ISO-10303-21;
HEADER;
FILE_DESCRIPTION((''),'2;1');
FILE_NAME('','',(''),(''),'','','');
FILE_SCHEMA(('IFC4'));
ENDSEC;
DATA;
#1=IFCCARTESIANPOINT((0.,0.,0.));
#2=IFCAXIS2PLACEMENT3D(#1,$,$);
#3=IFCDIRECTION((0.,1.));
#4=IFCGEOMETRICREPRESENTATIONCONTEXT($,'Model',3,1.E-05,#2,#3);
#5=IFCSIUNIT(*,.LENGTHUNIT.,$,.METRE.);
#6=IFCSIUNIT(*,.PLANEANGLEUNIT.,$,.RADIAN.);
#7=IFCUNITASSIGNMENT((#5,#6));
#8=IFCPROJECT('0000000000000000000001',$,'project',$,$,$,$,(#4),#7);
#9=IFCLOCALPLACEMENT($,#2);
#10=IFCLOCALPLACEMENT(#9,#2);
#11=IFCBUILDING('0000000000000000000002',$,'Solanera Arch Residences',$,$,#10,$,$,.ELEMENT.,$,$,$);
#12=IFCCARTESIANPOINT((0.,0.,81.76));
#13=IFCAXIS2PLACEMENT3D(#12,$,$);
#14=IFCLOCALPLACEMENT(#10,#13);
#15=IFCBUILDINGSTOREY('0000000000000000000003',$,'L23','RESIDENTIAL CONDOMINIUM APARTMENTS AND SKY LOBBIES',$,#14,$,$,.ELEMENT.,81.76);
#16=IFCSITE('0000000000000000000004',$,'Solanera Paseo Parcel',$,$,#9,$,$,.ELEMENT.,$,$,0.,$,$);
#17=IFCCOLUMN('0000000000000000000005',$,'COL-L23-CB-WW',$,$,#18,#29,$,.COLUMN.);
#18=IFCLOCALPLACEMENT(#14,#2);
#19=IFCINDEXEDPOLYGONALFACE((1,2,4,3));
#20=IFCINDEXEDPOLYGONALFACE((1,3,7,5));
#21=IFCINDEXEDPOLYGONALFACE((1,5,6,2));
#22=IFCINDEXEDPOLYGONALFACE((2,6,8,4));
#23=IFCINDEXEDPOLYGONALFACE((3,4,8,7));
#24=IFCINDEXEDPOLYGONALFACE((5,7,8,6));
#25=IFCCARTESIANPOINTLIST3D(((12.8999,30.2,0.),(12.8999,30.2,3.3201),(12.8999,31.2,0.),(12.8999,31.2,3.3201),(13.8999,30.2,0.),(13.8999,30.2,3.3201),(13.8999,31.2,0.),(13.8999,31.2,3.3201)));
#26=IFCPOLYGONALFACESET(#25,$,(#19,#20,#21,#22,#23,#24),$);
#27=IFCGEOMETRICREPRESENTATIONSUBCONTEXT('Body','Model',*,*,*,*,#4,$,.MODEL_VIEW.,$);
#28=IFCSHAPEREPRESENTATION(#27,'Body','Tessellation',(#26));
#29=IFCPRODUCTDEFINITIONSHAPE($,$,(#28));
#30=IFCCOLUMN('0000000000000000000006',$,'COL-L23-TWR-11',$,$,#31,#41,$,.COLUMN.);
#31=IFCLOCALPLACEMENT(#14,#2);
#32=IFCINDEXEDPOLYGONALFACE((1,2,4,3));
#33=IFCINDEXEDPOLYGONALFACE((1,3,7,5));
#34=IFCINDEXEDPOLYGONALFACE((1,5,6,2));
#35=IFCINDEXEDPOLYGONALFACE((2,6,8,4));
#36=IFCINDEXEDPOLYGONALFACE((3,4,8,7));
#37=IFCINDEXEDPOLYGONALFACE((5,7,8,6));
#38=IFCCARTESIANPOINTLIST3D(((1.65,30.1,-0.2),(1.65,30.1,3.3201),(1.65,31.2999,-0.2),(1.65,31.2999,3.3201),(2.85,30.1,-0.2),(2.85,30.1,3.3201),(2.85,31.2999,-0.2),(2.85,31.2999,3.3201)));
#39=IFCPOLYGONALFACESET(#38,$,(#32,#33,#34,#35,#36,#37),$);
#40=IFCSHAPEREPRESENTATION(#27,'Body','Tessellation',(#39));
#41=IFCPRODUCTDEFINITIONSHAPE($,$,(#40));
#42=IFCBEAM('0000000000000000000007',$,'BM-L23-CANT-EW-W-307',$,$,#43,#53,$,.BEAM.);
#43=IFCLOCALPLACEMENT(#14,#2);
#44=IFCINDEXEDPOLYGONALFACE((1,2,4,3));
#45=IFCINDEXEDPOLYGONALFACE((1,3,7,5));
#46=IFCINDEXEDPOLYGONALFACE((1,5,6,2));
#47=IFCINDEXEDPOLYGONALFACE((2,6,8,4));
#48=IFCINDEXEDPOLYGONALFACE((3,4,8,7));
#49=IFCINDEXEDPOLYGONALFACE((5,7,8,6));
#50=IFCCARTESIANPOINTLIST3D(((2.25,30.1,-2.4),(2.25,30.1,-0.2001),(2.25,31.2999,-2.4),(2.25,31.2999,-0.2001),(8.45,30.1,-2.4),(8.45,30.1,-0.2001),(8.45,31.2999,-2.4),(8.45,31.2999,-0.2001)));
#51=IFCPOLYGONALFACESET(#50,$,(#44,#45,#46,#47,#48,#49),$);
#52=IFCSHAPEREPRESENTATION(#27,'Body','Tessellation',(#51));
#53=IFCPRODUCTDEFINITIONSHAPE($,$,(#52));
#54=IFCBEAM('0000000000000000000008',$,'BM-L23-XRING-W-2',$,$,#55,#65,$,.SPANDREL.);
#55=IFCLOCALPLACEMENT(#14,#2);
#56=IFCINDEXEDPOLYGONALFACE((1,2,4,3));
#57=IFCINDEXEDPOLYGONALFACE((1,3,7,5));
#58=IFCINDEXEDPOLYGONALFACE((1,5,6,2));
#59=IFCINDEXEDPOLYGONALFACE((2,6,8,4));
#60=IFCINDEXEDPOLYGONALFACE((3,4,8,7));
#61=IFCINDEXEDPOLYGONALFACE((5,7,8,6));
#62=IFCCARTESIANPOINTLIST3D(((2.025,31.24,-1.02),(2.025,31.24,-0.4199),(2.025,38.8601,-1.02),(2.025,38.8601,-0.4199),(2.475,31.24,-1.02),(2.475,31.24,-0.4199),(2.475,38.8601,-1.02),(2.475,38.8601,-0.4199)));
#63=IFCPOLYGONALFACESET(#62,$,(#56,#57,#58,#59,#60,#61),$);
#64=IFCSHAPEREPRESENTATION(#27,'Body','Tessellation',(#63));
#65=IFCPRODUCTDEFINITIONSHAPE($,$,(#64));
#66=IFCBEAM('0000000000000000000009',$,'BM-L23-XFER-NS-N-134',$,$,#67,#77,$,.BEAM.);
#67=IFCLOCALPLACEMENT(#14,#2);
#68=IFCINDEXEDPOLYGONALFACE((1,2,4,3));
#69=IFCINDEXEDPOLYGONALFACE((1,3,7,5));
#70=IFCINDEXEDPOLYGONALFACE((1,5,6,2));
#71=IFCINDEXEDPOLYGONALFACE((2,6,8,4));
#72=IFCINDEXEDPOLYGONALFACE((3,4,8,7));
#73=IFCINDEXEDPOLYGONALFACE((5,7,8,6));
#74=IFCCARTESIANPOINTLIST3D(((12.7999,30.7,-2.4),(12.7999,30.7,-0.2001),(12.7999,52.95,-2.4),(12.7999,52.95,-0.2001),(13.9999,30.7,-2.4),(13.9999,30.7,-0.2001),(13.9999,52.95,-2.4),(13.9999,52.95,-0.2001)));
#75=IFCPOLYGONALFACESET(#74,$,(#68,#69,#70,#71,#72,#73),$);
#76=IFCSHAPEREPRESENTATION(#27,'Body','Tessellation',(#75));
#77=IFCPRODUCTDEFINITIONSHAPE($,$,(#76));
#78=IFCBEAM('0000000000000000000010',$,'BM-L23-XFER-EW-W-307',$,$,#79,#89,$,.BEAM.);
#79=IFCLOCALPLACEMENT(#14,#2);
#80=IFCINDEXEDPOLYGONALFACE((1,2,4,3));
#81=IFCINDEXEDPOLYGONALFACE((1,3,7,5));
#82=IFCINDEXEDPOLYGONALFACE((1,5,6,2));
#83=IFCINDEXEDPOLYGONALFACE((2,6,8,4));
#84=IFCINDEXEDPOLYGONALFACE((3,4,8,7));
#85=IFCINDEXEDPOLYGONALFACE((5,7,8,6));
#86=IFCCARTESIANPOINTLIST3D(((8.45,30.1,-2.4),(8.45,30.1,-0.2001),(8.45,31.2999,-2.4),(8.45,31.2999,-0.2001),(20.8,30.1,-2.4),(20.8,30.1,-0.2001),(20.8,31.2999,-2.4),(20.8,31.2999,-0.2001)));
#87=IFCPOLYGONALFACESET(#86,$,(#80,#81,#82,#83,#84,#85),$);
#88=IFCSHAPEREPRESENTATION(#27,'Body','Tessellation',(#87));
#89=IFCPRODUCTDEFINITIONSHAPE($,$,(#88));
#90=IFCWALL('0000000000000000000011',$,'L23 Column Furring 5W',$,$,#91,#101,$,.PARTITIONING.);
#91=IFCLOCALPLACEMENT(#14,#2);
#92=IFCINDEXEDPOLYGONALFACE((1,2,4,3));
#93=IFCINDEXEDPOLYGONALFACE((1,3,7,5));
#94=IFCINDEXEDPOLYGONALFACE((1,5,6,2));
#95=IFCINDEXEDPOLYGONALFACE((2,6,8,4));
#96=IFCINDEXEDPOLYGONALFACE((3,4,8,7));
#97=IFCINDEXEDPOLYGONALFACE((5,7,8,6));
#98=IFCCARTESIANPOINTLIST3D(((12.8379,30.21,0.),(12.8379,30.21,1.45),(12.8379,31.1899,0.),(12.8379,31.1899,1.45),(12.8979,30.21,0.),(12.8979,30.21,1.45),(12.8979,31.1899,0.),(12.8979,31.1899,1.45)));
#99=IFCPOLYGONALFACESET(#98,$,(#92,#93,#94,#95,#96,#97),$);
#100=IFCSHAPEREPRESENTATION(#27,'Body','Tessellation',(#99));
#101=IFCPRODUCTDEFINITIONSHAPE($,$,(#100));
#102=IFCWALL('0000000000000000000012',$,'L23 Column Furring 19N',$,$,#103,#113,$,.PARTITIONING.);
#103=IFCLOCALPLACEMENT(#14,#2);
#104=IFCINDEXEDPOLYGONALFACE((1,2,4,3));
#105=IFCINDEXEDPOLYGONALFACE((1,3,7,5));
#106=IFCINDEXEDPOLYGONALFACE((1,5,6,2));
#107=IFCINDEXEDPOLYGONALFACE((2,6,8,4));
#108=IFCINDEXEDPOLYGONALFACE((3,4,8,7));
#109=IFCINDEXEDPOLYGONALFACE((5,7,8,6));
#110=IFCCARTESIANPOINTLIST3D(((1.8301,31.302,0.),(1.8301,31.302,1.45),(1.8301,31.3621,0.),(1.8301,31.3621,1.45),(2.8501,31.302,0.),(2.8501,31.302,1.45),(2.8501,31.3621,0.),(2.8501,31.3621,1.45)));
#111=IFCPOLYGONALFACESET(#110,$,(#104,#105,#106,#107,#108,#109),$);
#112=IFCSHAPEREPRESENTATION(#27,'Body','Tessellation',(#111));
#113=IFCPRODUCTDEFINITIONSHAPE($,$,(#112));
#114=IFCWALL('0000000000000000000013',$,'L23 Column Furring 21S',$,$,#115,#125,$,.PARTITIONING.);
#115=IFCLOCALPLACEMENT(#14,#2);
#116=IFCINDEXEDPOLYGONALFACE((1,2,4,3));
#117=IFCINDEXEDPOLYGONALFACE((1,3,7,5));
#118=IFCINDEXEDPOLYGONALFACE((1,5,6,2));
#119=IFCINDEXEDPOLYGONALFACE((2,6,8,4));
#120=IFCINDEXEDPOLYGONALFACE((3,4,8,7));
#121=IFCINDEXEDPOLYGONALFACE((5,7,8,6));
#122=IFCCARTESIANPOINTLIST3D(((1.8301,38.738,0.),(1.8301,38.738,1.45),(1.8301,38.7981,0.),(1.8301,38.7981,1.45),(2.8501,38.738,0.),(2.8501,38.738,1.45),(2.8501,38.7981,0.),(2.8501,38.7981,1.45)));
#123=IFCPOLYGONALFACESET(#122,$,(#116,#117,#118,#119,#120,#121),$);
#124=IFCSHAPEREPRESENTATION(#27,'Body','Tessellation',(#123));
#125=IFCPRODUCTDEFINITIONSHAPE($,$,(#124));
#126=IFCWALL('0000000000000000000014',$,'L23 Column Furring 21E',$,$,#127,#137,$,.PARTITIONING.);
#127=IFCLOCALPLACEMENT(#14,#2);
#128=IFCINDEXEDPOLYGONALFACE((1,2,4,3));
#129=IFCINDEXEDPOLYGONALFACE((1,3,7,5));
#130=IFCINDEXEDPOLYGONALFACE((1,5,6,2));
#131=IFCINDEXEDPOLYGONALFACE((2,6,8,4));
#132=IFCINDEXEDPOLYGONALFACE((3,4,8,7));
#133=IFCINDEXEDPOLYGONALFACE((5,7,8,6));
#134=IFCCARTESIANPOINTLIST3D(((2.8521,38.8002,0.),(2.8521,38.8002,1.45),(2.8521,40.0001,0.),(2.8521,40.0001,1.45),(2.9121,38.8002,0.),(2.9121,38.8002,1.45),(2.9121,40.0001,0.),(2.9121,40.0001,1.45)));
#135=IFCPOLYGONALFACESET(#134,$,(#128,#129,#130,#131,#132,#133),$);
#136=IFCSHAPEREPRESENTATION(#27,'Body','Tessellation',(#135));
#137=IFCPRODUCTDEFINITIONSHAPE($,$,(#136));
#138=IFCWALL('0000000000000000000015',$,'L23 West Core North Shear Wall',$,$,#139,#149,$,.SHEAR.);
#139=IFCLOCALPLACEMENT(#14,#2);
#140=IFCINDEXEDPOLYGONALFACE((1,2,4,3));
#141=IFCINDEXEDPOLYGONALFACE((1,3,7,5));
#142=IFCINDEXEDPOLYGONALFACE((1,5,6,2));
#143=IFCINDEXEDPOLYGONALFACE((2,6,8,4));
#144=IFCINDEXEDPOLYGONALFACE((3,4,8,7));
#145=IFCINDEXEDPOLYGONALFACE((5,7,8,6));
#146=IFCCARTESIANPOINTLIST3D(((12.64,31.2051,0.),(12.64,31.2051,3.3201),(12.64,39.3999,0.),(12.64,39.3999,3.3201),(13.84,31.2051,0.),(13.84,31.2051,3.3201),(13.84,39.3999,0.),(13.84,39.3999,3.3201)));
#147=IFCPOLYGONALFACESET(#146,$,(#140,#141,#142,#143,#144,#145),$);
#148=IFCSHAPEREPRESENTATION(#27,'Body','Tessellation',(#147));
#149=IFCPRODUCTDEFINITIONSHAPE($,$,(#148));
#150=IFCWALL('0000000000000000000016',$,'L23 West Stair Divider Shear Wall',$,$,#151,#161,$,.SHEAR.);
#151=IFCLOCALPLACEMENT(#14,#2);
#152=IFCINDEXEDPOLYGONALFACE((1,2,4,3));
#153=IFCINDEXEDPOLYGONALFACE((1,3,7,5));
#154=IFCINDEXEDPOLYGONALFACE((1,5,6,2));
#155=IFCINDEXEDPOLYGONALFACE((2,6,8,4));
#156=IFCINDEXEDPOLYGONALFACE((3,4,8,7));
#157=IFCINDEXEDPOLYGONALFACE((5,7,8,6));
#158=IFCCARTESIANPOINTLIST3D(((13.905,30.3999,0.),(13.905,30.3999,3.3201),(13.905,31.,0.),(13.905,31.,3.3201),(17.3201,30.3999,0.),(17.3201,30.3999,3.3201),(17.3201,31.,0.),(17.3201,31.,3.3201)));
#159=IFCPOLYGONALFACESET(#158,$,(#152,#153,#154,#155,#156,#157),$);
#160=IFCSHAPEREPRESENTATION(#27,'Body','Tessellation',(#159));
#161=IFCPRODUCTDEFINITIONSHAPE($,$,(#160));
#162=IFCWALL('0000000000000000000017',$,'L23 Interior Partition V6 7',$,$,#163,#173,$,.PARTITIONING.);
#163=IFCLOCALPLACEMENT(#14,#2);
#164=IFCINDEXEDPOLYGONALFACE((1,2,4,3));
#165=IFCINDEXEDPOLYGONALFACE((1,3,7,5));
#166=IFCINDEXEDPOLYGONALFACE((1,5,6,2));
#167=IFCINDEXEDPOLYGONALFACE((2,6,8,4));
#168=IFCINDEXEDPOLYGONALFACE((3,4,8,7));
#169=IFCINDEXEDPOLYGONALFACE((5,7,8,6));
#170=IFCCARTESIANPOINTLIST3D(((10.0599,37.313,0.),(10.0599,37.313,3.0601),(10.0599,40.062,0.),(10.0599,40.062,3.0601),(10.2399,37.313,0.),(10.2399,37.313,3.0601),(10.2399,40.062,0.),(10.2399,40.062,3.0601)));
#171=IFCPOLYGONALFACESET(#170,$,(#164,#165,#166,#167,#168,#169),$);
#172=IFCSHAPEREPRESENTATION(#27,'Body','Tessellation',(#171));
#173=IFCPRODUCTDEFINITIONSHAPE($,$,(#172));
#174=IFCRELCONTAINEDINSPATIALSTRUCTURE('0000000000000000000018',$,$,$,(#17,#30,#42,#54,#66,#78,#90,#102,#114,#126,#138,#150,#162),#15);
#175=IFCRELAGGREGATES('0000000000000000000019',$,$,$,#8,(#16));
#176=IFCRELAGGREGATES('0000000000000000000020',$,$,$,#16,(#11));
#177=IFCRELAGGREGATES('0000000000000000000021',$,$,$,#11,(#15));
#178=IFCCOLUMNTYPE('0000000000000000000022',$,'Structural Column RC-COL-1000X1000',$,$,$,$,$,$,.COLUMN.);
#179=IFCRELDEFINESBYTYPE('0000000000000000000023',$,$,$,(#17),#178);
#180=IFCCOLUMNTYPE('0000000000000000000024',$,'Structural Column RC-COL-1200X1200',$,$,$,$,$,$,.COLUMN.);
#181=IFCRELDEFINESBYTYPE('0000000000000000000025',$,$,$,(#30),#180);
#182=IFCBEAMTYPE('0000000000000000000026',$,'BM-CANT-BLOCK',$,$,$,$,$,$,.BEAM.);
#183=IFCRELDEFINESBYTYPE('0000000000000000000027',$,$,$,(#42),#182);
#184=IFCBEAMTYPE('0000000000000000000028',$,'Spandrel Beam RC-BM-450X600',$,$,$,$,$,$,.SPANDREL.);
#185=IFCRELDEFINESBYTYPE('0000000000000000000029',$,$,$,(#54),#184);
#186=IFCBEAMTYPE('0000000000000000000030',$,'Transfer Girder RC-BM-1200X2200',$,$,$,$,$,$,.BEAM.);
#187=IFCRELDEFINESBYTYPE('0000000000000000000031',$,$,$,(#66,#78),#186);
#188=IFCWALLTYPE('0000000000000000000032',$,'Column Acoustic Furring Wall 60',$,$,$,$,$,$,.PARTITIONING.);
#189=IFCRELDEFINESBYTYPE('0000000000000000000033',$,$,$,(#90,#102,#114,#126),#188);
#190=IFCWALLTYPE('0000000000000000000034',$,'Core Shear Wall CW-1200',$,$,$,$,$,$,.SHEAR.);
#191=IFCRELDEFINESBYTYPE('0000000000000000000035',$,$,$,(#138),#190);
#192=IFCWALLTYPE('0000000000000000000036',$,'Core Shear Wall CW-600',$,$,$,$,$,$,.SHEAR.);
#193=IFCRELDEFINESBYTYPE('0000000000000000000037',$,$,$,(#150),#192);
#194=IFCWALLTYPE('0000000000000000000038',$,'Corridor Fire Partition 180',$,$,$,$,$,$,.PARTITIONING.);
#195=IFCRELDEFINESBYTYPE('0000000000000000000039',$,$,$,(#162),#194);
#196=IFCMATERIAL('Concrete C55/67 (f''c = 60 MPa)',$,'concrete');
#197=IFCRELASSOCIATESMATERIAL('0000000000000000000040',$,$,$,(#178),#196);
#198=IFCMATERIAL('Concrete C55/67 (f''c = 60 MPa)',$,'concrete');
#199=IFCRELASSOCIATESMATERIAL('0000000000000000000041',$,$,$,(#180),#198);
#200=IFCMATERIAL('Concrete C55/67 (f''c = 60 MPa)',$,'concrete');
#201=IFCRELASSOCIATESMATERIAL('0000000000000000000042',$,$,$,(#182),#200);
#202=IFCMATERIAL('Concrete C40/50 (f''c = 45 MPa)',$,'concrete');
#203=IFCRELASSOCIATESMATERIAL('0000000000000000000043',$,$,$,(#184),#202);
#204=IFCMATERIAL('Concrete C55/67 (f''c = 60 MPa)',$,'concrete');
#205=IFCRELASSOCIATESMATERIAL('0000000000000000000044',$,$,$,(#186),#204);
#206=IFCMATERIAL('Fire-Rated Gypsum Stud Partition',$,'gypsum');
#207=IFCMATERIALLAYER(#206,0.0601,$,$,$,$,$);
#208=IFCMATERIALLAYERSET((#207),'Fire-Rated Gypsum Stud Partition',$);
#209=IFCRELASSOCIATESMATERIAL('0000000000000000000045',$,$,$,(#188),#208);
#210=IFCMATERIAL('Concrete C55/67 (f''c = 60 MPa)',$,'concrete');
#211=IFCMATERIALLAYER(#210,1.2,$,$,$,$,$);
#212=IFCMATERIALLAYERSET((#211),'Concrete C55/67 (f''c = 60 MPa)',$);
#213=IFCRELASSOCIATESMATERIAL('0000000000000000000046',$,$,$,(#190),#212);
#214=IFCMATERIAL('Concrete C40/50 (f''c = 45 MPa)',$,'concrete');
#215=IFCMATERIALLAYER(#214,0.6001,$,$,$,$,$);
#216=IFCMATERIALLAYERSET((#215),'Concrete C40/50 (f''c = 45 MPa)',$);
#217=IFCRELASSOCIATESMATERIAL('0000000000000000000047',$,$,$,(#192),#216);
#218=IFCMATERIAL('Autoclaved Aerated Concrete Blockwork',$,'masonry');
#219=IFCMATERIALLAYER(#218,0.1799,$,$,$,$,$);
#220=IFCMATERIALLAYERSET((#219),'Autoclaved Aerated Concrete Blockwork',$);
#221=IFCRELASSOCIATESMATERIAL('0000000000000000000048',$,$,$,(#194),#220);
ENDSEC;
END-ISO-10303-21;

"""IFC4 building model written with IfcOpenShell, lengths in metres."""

from ifc_helpers import new_model, si_unit, direction, frame, frame_2d, origin, origin_2d, place, context, subcontext, project, spatial, rectangle, extrude, material, layer, layer_set, material_profile, profile_set, type_object, element, save


model = new_model("IFC4")

# Units and contexts
model_context = context("Model", 3, precision=1e-05, world=origin(), true_north=direction((0.0, 1.0)))
body_context = subcontext(model_context, "Body", "Model", "MODEL_VIEW")
ifc_project = project(units=[si_unit("LENGTHUNIT", "METRE"), si_unit("PLANEANGLEUNIT", "RADIAN")], contexts=[model_context])

# Site, building, storey
site_placement = place(None, origin())
site = spatial("IfcSite", under=ifc_project, at=site_placement, Name="Solanera Paseo Parcel", CompositionType="ELEMENT", RefElevation=0.0)
building_placement = place(site_placement, origin())
building = spatial("IfcBuilding", under=site, at=building_placement, Name="Solanera Arch Residences", CompositionType="ELEMENT")
storey_placement = place(building_placement, frame((0.0, 0.0, 81.76)))
storey = spatial("IfcBuildingStorey", under=building, at=storey_placement, Name="L23", Description="RESIDENTIAL CONDOMINIUM APARTMENTS AND SKY LOBBIES", CompositionType="ELEMENT", Elevation=81.76)

# Columns
ifc_material_1 = material(Name="Concrete C55/67 (f'c = 60 MPa)", Category="concrete")
ifc_material_profile_1 = material_profile(ifc_material_1, rectangle(XDim=1.0, YDim=1.0, at=origin_2d()))
ifc_profile_set_1 = profile_set([ifc_material_profile_1], Name="Concrete C55/67 (f'c = 60 MPa)")
column_type_1 = type_object("IfcColumnType", Name="Structural Column RC-COL-1000X1000", PredefinedType="COLUMN", material=ifc_profile_set_1)
column_1_placement = place(storey_placement, frame((13.3999, 30.7, 0.0), z_axis=(0.0, 0.0, 1.0), x_axis=(1.0, 0.0, 0.0)))
element("IfcColumn", 1, at=column_1_placement, inside=storey, type_object=column_type_1, Name="COL-L23-CB-WW", PredefinedType="COLUMN", context=body_context, shape_type="SweptSolid", body=[
    extrude(rectangle(XDim=1.0, YDim=1.0, at=origin_2d()), origin(), (0.0, 0.0, 1.0), 3.3201),
])
ifc_material_2 = material(Name="Concrete C55/67 (f'c = 60 MPa)", Category="concrete")
ifc_material_profile_2 = material_profile(ifc_material_2, rectangle(XDim=1.2, YDim=1.2, at=origin_2d()))
ifc_profile_set_2 = profile_set([ifc_material_profile_2], Name="Concrete C55/67 (f'c = 60 MPa)")
column_type_2 = type_object("IfcColumnType", Name="Structural Column RC-COL-1200X1200", PredefinedType="COLUMN", material=ifc_profile_set_2)
column_2_placement = place(storey_placement, frame((2.25, 30.7, -0.2), z_axis=(0.0, 0.0, 1.0), x_axis=(1.0, 0.0, 0.0)))
element("IfcColumn", 2, at=column_2_placement, inside=storey, type_object=column_type_2, Name="COL-L23-TWR-11", PredefinedType="COLUMN", context=body_context, shape_type="SweptSolid", body=[
    extrude(rectangle(XDim=1.2, YDim=1.2, at=origin_2d()), origin(), (0.0, 0.0, 1.0), 3.52),
])

# Beams
ifc_material_3 = material(Name="Concrete C55/67 (f'c = 60 MPa)", Category="concrete")
ifc_material_profile_3 = material_profile(ifc_material_3, rectangle(XDim=1.2, YDim=2.2, at=origin_2d()))
ifc_profile_set_3 = profile_set([ifc_material_profile_3], Name="Concrete C55/67 (f'c = 60 MPa)")
beam_type_1 = type_object("IfcBeamType", Name="BM-CANT-BLOCK", PredefinedType="BEAM", material=ifc_profile_set_3)
beam_1_placement = place(storey_placement, frame((2.25, 30.7, -1.3), z_axis=(1.0, 0.0, 0.0), x_axis=(0.0, 1.0, 0.0)))
element("IfcBeam", 3, at=beam_1_placement, inside=storey, type_object=beam_type_1, Name="BM-L23-CANT-EW-W-307", PredefinedType="BEAM", context=body_context, shape_type="SweptSolid", body=[
    extrude(rectangle(XDim=1.2, YDim=2.2, at=origin_2d()), origin(), (0.0, 0.0, 1.0), 6.2),
])
ifc_material_4 = material(Name="Concrete C40/50 (f'c = 45 MPa)", Category="concrete")
ifc_material_profile_4 = material_profile(ifc_material_4, rectangle(XDim=0.45, YDim=0.6001, at=origin_2d()))
ifc_profile_set_4 = profile_set([ifc_material_profile_4], Name="Concrete C40/50 (f'c = 45 MPa)")
beam_type_2 = type_object("IfcBeamType", Name="Spandrel Beam RC-BM-450X600", PredefinedType="SPANDREL", material=ifc_profile_set_4)
beam_2_placement = place(storey_placement, frame((2.25, 31.24, -0.72), z_axis=(0.0, 1.0, 0.0), x_axis=(-1.0, 0.0, 0.0)))
element("IfcBeam", 4, at=beam_2_placement, inside=storey, type_object=beam_type_2, Name="BM-L23-XRING-W-2", PredefinedType="SPANDREL", context=body_context, shape_type="SweptSolid", body=[
    extrude(rectangle(XDim=0.45, YDim=0.6001, at=origin_2d()), origin(), (0.0, 0.0, 1.0), 7.6201),
])
ifc_material_5 = material(Name="Concrete C55/67 (f'c = 60 MPa)", Category="concrete")
ifc_material_profile_5 = material_profile(ifc_material_5, rectangle(XDim=1.2, YDim=2.2, at=origin_2d()))
ifc_profile_set_5 = profile_set([ifc_material_profile_5], Name="Concrete C55/67 (f'c = 60 MPa)")
beam_type_3 = type_object("IfcBeamType", Name="Transfer Girder RC-BM-1200X2200", PredefinedType="BEAM", material=ifc_profile_set_5)
beam_3_placement = place(storey_placement, frame((13.3999, 30.7, -1.3), z_axis=(0.0, 1.0, 0.0), x_axis=(-1.0, 0.0, 0.0)))
element("IfcBeam", 5, at=beam_3_placement, inside=storey, type_object=beam_type_3, Name="BM-L23-XFER-NS-N-134", PredefinedType="BEAM", context=body_context, shape_type="SweptSolid", body=[
    extrude(rectangle(XDim=1.2, YDim=2.2, at=origin_2d()), origin(), (0.0, 0.0, 1.0), 22.25),
])
beam_4_placement = place(storey_placement, frame((8.45, 30.7, -1.3), z_axis=(1.0, 0.0, 0.0), x_axis=(0.0, 1.0, 0.0)))
element("IfcBeam", 6, at=beam_4_placement, inside=storey, type_object=beam_type_3, Name="BM-L23-XFER-EW-W-307", PredefinedType="BEAM", context=body_context, shape_type="SweptSolid", body=[
    extrude(rectangle(XDim=1.2, YDim=2.2, at=origin_2d()), origin(), (0.0, 0.0, 1.0), 12.3501),
])

# Walls
ifc_material_6 = material(Name="Fire-Rated Gypsum Stud Partition", Category="gypsum")
ifc_layer_1 = layer(ifc_material_6, 0.0601)
ifc_layer_set_1 = layer_set([ifc_layer_1], Name="Fire-Rated Gypsum Stud Partition")
wall_type_1 = type_object("IfcWallType", Name="Column Acoustic Furring Wall 60", PredefinedType="PARTITIONING", material=ifc_layer_set_1)
wall_1_placement = place(storey_placement, frame((12.8679, 30.21, 0.0), z_axis=(0.0, 0.0, 1.0), x_axis=(0.0, 1.0, 0.0)))
element("IfcWall", 7, at=wall_1_placement, inside=storey, type_object=wall_type_1, Name="L23 Column Furring 5W", PredefinedType="PARTITIONING", context=body_context, shape_type="SweptSolid", body=[
    extrude(rectangle(XDim=0.98, YDim=0.0601, at=frame_2d((0.49, 0.0))), origin(), (0.0, 0.0, 1.0), 1.45),
])
for number, where, z_axis, x_axis, name in (
    (8, (1.8301, 31.332, 0.0), (0.0, 0.0, 1.0), (1.0, 0.0, 0.0), "L23 Column Furring 19N"),
    (9, (1.8301, 38.7681, 0.0), (0.0, 0.0, 1.0), (1.0, 0.0, 0.0), "L23 Column Furring 21S"),
):
    element("IfcWall", number, at=place(storey_placement, frame(where, z_axis=z_axis, x_axis=x_axis)), inside=storey, type_object=wall_type_1, Name=name, PredefinedType="PARTITIONING", context=body_context, shape_type="SweptSolid", body=[
        extrude(rectangle(XDim=1.02, YDim=0.0601, at=frame_2d((0.51, 0.0))), origin(), (0.0, 0.0, 1.0), 1.45),
    ])
wall_2_placement = place(storey_placement, frame((2.8821, 38.8, 0.0), z_axis=(0.0, 0.0, 1.0), x_axis=(0.0, 1.0, 0.0)))
element("IfcWall", 10, at=wall_2_placement, inside=storey, type_object=wall_type_1, Name="L23 Column Furring 21E", PredefinedType="PARTITIONING", context=body_context, shape_type="SweptSolid", body=[
    extrude(rectangle(XDim=1.2, YDim=0.0601, at=frame_2d((0.6001, 0.0))), origin(), (0.0, 0.0, 1.0), 1.45),
])
ifc_material_7 = material(Name="Concrete C55/67 (f'c = 60 MPa)", Category="concrete")
ifc_layer_2 = layer(ifc_material_7, 1.2)
ifc_layer_set_2 = layer_set([ifc_layer_2], Name="Concrete C55/67 (f'c = 60 MPa)")
wall_type_2 = type_object("IfcWallType", Name="Core Shear Wall CW-1200", PredefinedType="SHEAR", material=ifc_layer_set_2)
wall_3_placement = place(storey_placement, frame((13.24, 31.2051, 0.0), z_axis=(0.0, 0.0, 1.0), x_axis=(0.0, 1.0, 0.0)))
element("IfcWall", 11, at=wall_3_placement, inside=storey, type_object=wall_type_2, Name="L23 West Core North Shear Wall", PredefinedType="SHEAR", context=body_context, shape_type="SweptSolid", body=[
    extrude(rectangle(XDim=8.1948, YDim=1.2, at=frame_2d((4.0974, 0.0))), origin(), (0.0, 0.0, 1.0), 3.3201),
])
ifc_material_8 = material(Name="Concrete C40/50 (f'c = 45 MPa)", Category="concrete")
ifc_layer_3 = layer(ifc_material_8, 0.6001)
ifc_layer_set_3 = layer_set([ifc_layer_3], Name="Concrete C40/50 (f'c = 45 MPa)")
wall_type_3 = type_object("IfcWallType", Name="Core Shear Wall CW-600", PredefinedType="SHEAR", material=ifc_layer_set_3)
wall_4_placement = place(storey_placement, frame((13.905, 30.7, 0.0), z_axis=(0.0, 0.0, 1.0), x_axis=(1.0, 0.0, 0.0)))
element("IfcWall", 12, at=wall_4_placement, inside=storey, type_object=wall_type_3, Name="L23 West Stair Divider Shear Wall", PredefinedType="SHEAR", context=body_context, shape_type="SweptSolid", body=[
    extrude(rectangle(XDim=3.415, YDim=0.6001, at=frame_2d((1.7075, 0.0))), origin(), (0.0, 0.0, 1.0), 3.3201),
])

# Shared definitions
ifc_material_9 = material(Name="Autoclaved Aerated Concrete Blockwork", Category="masonry")
ifc_layer_4 = layer(ifc_material_9, 0.1799)
ifc_layer_set_4 = layer_set([ifc_layer_4], Name="Autoclaved Aerated Concrete Blockwork")
wall_type_4 = type_object("IfcWallType", Name="Corridor Fire Partition 180", PredefinedType="PARTITIONING", material=ifc_layer_set_4)

# Wall
wall_5_placement = place(storey_placement, frame((10.1499, 37.313, 0.0), z_axis=(0.0, 0.0, 1.0), x_axis=(0.0, 1.0, 0.0)))
element("IfcWall", 13, at=wall_5_placement, inside=storey, type_object=wall_type_4, Name="L23 Interior Partition V6 7", PredefinedType="PARTITIONING", context=body_context, shape_type="SweptSolid", body=[
    extrude(rectangle(XDim=2.749, YDim=0.1799, at=frame_2d((1.3745, 0.0))), origin(), (0.0, 0.0, 1.0), 3.0601),
])

save(model, "model.ifc")
